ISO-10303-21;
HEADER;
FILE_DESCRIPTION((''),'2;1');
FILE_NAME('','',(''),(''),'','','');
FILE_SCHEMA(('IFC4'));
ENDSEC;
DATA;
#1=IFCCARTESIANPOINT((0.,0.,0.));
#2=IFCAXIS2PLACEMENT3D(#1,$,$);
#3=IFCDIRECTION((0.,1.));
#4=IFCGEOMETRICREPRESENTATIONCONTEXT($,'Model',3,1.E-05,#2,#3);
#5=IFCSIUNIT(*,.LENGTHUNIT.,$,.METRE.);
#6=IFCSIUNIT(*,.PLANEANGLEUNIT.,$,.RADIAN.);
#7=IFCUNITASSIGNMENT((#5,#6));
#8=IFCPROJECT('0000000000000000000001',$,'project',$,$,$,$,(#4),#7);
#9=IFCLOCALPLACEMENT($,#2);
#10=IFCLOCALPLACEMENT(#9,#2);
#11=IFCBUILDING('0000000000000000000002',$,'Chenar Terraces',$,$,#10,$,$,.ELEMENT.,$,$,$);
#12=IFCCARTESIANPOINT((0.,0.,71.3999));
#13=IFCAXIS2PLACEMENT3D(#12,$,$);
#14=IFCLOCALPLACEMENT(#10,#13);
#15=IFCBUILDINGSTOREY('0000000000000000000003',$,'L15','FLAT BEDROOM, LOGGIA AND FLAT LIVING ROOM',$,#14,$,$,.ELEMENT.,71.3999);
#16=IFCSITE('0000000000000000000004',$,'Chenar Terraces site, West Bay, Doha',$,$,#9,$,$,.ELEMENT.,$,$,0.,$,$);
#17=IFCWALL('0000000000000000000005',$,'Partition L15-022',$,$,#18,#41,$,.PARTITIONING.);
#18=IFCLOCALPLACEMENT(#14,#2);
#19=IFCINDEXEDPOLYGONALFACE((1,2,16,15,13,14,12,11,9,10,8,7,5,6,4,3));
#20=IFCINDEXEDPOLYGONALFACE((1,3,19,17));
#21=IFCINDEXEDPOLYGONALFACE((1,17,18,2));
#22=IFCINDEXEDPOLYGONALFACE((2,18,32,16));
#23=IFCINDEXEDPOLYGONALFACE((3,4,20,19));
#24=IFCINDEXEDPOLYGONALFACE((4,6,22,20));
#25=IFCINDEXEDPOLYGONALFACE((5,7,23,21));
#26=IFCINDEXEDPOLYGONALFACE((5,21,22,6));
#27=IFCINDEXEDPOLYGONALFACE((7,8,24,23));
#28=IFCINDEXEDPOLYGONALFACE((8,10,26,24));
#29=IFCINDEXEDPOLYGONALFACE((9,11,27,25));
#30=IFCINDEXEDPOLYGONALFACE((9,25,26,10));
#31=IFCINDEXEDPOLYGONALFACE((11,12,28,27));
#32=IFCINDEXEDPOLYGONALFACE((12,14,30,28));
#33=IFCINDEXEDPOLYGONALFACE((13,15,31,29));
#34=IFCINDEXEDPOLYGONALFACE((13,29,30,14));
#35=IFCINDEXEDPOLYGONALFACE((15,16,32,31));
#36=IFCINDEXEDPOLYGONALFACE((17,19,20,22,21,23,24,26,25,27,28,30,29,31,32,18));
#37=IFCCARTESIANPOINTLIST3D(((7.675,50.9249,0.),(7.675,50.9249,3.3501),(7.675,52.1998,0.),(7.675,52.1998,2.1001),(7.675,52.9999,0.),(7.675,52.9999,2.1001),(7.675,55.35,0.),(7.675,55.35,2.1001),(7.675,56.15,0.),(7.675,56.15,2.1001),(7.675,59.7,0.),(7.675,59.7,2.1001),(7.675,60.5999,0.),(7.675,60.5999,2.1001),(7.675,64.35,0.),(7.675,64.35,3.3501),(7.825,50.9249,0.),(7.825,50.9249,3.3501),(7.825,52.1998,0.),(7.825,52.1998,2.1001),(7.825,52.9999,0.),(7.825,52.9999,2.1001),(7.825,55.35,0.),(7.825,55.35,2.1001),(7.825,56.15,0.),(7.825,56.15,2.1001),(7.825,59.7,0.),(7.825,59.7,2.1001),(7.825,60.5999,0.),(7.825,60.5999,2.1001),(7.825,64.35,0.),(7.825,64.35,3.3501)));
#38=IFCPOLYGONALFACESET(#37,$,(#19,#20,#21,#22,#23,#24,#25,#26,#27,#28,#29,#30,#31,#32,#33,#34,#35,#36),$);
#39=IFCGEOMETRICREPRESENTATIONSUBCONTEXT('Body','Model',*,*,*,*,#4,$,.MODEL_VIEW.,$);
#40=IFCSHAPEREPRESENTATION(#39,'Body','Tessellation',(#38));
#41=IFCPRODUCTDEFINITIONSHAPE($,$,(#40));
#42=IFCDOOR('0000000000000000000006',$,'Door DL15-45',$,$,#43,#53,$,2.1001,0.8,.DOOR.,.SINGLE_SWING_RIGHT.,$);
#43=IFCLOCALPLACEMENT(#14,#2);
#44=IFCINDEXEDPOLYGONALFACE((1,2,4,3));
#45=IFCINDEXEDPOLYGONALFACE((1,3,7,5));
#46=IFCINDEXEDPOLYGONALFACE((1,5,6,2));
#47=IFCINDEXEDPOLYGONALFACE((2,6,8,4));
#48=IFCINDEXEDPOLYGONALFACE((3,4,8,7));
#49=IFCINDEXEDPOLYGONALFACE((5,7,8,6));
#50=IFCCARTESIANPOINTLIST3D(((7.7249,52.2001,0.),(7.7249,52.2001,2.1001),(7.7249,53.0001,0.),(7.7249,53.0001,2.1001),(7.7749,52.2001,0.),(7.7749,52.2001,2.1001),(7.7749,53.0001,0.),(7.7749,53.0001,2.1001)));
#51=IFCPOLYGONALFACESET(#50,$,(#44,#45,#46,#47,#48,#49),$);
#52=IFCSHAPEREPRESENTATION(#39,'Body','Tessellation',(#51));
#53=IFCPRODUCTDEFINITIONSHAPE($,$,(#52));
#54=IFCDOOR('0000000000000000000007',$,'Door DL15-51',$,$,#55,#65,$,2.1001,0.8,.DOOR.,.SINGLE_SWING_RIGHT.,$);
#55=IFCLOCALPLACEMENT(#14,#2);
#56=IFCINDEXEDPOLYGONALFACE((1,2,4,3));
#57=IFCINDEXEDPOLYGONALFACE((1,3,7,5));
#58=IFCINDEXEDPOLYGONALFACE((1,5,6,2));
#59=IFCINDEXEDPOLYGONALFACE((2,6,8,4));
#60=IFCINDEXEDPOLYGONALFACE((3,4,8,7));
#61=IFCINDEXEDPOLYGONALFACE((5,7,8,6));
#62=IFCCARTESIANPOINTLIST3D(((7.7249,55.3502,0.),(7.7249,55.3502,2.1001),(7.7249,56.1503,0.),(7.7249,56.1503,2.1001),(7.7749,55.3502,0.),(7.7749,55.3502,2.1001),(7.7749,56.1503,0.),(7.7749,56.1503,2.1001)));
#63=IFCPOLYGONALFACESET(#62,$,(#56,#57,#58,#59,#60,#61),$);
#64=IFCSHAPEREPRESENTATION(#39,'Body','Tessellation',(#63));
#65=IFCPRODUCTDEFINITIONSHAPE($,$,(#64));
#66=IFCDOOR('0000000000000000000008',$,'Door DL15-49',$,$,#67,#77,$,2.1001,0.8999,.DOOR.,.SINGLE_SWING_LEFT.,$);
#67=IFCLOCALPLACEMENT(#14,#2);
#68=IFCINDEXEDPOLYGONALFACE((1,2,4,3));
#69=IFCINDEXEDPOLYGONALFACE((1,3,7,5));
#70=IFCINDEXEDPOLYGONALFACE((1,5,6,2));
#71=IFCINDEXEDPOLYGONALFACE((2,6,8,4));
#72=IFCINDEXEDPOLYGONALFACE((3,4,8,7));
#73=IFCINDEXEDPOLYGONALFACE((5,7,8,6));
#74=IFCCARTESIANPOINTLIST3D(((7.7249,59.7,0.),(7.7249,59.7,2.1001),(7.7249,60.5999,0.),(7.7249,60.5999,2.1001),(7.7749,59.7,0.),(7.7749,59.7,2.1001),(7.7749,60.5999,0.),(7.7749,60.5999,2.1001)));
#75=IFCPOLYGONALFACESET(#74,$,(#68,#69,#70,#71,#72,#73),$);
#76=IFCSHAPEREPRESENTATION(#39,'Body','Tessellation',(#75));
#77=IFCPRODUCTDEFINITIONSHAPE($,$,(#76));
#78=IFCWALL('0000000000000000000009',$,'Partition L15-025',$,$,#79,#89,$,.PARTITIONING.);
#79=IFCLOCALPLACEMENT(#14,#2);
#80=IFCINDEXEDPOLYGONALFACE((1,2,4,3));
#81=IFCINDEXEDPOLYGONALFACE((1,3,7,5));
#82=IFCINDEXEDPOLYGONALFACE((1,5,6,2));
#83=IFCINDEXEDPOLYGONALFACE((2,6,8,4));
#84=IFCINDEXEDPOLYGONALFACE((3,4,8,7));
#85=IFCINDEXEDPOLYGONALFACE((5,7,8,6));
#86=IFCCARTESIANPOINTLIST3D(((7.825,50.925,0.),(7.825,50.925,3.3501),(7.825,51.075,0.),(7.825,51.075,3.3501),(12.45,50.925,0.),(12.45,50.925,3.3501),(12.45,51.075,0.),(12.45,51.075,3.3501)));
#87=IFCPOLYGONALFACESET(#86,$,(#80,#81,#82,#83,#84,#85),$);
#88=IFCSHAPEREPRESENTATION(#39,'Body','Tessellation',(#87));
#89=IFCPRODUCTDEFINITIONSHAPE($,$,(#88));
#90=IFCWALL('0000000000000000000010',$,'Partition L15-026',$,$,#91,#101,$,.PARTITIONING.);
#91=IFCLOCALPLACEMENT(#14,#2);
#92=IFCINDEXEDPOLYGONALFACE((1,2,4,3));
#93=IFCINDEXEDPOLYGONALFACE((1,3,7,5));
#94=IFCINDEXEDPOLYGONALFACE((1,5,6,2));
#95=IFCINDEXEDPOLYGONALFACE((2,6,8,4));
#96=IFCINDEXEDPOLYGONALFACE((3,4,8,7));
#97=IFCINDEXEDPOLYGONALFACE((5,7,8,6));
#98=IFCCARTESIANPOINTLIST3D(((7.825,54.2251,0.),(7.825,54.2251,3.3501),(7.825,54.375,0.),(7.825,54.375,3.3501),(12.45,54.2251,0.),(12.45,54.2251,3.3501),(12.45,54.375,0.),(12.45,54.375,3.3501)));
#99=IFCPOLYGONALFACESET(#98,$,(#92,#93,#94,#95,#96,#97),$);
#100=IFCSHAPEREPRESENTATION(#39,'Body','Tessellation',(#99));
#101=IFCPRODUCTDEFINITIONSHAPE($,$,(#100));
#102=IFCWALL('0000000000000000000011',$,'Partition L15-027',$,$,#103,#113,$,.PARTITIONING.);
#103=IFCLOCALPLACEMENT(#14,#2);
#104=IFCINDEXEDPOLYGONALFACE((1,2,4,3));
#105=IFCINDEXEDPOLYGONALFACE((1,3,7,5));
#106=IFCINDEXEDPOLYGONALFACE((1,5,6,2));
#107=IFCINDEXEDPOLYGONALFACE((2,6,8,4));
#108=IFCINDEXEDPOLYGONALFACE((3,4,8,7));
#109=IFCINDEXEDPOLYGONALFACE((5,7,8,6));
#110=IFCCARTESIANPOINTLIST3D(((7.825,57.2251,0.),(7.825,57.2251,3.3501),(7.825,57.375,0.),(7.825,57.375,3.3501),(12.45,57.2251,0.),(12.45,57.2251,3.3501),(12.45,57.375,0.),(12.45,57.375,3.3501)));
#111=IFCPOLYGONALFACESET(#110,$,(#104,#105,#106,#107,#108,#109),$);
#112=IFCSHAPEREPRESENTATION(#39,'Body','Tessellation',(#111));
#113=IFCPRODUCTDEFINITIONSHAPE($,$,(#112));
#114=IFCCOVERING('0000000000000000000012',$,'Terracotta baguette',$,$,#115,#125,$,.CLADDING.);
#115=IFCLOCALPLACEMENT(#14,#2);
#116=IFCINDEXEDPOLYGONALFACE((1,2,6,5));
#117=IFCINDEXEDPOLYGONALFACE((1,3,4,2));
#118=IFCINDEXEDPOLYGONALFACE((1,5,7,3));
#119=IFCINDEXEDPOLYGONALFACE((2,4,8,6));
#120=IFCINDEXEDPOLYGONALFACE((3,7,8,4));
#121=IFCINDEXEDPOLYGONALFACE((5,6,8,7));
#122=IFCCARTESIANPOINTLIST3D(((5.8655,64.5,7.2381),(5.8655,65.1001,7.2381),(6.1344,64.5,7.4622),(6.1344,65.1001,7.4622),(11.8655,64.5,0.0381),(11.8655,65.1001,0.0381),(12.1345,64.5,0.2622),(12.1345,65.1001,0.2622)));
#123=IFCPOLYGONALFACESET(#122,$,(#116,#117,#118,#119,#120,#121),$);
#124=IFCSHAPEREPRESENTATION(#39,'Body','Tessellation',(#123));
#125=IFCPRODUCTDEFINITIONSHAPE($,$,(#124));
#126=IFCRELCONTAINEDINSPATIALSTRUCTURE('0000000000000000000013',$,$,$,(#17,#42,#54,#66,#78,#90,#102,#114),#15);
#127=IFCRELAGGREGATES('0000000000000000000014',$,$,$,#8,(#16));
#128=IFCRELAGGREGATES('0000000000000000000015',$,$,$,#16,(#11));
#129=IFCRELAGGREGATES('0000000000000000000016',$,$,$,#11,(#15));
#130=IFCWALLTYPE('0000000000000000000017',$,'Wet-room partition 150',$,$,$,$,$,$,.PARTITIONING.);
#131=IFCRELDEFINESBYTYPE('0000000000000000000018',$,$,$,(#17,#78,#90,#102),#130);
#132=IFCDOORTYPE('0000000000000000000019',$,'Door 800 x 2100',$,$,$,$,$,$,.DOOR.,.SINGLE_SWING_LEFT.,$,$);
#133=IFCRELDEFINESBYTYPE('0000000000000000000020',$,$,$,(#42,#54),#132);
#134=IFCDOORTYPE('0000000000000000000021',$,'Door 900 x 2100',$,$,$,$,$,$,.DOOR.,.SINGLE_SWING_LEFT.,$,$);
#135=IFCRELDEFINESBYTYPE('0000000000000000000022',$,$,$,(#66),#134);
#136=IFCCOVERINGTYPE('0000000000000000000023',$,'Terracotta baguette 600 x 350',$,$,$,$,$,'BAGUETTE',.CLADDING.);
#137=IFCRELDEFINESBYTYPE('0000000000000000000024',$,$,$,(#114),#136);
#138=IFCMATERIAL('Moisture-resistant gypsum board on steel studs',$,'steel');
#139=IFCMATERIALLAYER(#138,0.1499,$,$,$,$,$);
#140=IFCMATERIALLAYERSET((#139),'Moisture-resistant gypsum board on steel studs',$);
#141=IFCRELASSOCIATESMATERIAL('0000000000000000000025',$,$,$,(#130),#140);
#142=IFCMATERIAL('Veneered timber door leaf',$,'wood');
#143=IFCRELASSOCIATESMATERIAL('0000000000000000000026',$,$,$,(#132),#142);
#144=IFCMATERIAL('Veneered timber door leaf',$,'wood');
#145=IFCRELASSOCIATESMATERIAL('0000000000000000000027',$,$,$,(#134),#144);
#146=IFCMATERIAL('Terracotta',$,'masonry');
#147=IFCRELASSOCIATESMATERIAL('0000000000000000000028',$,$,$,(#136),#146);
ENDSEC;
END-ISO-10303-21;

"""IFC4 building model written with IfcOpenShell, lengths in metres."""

from ifc_helpers import new_model, si_unit, direction, frame, frame_2d, origin, origin_2d, place, context, subcontext, project, spatial, rectangle, extrude, material, layer, layer_set, material_profile, profile_set, type_object, element, fill, save


model = new_model("IFC4")

# Units and contexts
model_context = context("Model", 3, precision=1e-05, world=origin(), true_north=direction((0.0, 1.0)))
body_context = subcontext(model_context, "Body", "Model", "MODEL_VIEW")
ifc_project = project(units=[si_unit("LENGTHUNIT", "METRE"), si_unit("PLANEANGLEUNIT", "RADIAN")], contexts=[model_context])

# Site, building, storey
site_placement = place(None, origin())
site = spatial("IfcSite", under=ifc_project, at=site_placement, Name="Chenar Terraces site, West Bay, Doha", CompositionType="ELEMENT", RefElevation=0.0)
building_placement = place(site_placement, origin())
building = spatial("IfcBuilding", under=site, at=building_placement, Name="Chenar Terraces", CompositionType="ELEMENT")
storey_placement = place(building_placement, frame((0.0, 0.0, 71.3999)))
storey = spatial("IfcBuildingStorey", under=building, at=storey_placement, Name="L15", Description="FLAT BEDROOM, LOGGIA AND FLAT LIVING ROOM", CompositionType="ELEMENT", Elevation=71.3999)

# Wall, openings, doors
ifc_material_1 = material(Name="Moisture-resistant gypsum board on steel studs", Category="steel")
ifc_layer_1 = layer(ifc_material_1, 0.1499)
ifc_layer_set_1 = layer_set([ifc_layer_1], Name="Moisture-resistant gypsum board on steel studs")
wall_type_1 = type_object("IfcWallType", Name="Wet-room partition 150", PredefinedType="PARTITIONING", material=ifc_layer_set_1)
wall_1_placement = place(storey_placement, frame((7.75, 50.925, 0.0), z_axis=(0.0, 0.0, 1.0), x_axis=(0.0, 1.0, 0.0)))
wall_1 = element("IfcWall", 1, at=wall_1_placement, inside=storey, type_object=wall_type_1, Name="Partition L15-022", PredefinedType="PARTITIONING", context=body_context, shape_type="SweptSolid", body=[
    extrude(rectangle(XDim=13.425, YDim=0.1499, at=frame_2d((6.7124, 0.0))), origin(), (0.0, 0.0, 1.0), 3.3501),
])
opening_1_placement = place(wall_1_placement, frame((1.2749, 0.0, 0.0)))
opening_1 = element("IfcOpeningElement", 2, at=opening_1_placement, cuts=wall_1, PredefinedType="OPENING", context=body_context, shape_type="SweptSolid", body=[
    extrude(rectangle(XDim=0.8, YDim=2.1001, at=frame_2d((0.3999, 1.05))), frame((0.0, 0.085, 0.0), z_axis=(0.0, -1.0, 0.0), x_axis=(1.0, 0.0, 0.0)), (0.0, 0.0, 1.0), 0.1699),
])
opening_2_placement = place(wall_1_placement, frame((8.7749, 0.0, 0.0)))
opening_2 = element("IfcOpeningElement", 3, at=opening_2_placement, cuts=wall_1, PredefinedType="OPENING", context=body_context, shape_type="SweptSolid", body=[
    extrude(rectangle(XDim=0.8999, YDim=2.1001, at=frame_2d((0.45, 1.05))), frame((0.0, 0.085, 0.0), z_axis=(0.0, -1.0, 0.0), x_axis=(1.0, 0.0, 0.0)), (0.0, 0.0, 1.0), 0.1699),
])
opening_3_placement = place(wall_1_placement, frame((4.425, 0.0, 0.0)))
opening_3 = element("IfcOpeningElement", 4, at=opening_3_placement, cuts=wall_1, PredefinedType="OPENING", context=body_context, shape_type="SweptSolid", body=[
    extrude(rectangle(XDim=0.8, YDim=2.1001, at=frame_2d((0.3999, 1.05))), frame((0.0, 0.085, 0.0), z_axis=(0.0, -1.0, 0.0), x_axis=(1.0, 0.0, 0.0)), (0.0, 0.0, 1.0), 0.1699),
])
ifc_material_2 = material(Name="Veneered timber door leaf", Category="wood")
door_type_1 = type_object("IfcDoorType", Name="Door 800 x 2100", OperationType="SINGLE_SWING_LEFT", PredefinedType="DOOR", material=ifc_material_2)
door_1_placement = place(opening_1_placement, frame((0.8, 0.0, 0.0), z_axis=(0.0, 0.0, 1.0), x_axis=(-1.0, 0.0, 0.0)))
door_1 = element("IfcDoor", 5, at=door_1_placement, inside=storey, type_object=door_type_1, Name="Door DL15-45", OperationType="SINGLE_SWING_RIGHT", OverallHeight=2.1001, OverallWidth=0.8, PredefinedType="DOOR", context=body_context, shape_type="SweptSolid", body=[
    extrude(rectangle(XDim=0.8, YDim=2.1001, at=frame_2d((0.3999, 1.05))), frame((0.0, 0.0249, 0.0), z_axis=(0.0, -1.0, 0.0), x_axis=(1.0, 0.0, 0.0)), (0.0, 0.0, 1.0), 0.05),
])
fill(opening_1, door_1)
door_2_placement = place(opening_3_placement, frame((0.8, 0.0, 0.0), z_axis=(0.0, 0.0, 1.0), x_axis=(-1.0, 0.0, 0.0)))
door_2 = element("IfcDoor", 6, at=door_2_placement, inside=storey, type_object=door_type_1, Name="Door DL15-51", OperationType="SINGLE_SWING_RIGHT", OverallHeight=2.1001, OverallWidth=0.8, PredefinedType="DOOR", context=body_context, shape_type="SweptSolid", body=[
    extrude(rectangle(XDim=0.8, YDim=2.1001, at=frame_2d((0.3999, 1.05))), frame((0.0, 0.0249, 0.0), z_axis=(0.0, -1.0, 0.0), x_axis=(1.0, 0.0, 0.0)), (0.0, 0.0, 1.0), 0.05),
])
fill(opening_3, door_2)
ifc_material_3 = material(Name="Veneered timber door leaf", Category="wood")
door_type_2 = type_object("IfcDoorType", Name="Door 900 x 2100", OperationType="SINGLE_SWING_LEFT", PredefinedType="DOOR", material=ifc_material_3)
door_3_placement = place(opening_2_placement, frame((0.8999, 0.0, 0.0), z_axis=(0.0, 0.0, 1.0), x_axis=(-1.0, 0.0, 0.0)))
door_3 = element("IfcDoor", 7, at=door_3_placement, inside=storey, type_object=door_type_2, Name="Door DL15-49", OperationType="SINGLE_SWING_LEFT", OverallHeight=2.1001, OverallWidth=0.8999, PredefinedType="DOOR", context=body_context, shape_type="SweptSolid", body=[
    extrude(rectangle(XDim=0.8999, YDim=2.1001, at=frame_2d((0.45, 1.05))), frame((0.0, 0.0249, 0.0), z_axis=(0.0, -1.0, 0.0), x_axis=(1.0, 0.0, 0.0)), (0.0, 0.0, 1.0), 0.05),
])
fill(opening_2, door_3)

# Walls
for number, where, z_axis, x_axis, name in (
    (8, (7.825, 51.0, 0.0), (0.0, 0.0, 1.0), (1.0, 0.0, 0.0), "Partition L15-025"),
    (9, (7.825, 54.3, 0.0), (0.0, 0.0, 1.0), (1.0, 0.0, 0.0), "Partition L15-026"),
    (10, (7.825, 57.3, 0.0), (0.0, 0.0, 1.0), (1.0, 0.0, 0.0), "Partition L15-027"),
):
    element("IfcWall", number, at=place(storey_placement, frame(where, z_axis=z_axis, x_axis=x_axis)), inside=storey, type_object=wall_type_1, Name=name, PredefinedType="PARTITIONING", context=body_context, shape_type="SweptSolid", body=[
        extrude(rectangle(XDim=4.625, YDim=0.1499, at=frame_2d((2.3125, 0.0))), origin(), (0.0, 0.0, 1.0), 3.3501),
    ])

# Covering
ifc_material_4 = material(Name="Terracotta", Category="masonry")
ifc_material_profile_1 = material_profile(ifc_material_4, rectangle(XDim=0.6001, YDim=0.3501, at=origin_2d()), Name="Terracotta baguette 600 x 350")
ifc_profile_set_1 = profile_set([ifc_material_profile_1], Name="Terracotta")
covering_type = type_object("IfcCoveringType", Name="Terracotta baguette 600 x 350", ElementType="BAGUETTE", PredefinedType="CLADDING", material=ifc_profile_set_1)
covering_placement = place(storey_placement, frame((12.0, 64.8, 0.1501), z_axis=(-0.640187, 0.0, 0.768219), x_axis=(0.0, -1.0, 0.0)))
element("IfcCovering", 11, at=covering_placement, inside=storey, type_object=covering_type, Name="Terracotta baguette", PredefinedType="CLADDING", context=body_context, shape_type="SweptSolid", body=[
    extrude(rectangle(XDim=0.6001, YDim=0.3501, at=origin_2d()), origin(), (0.0, 0.0, 1.0), 9.3723),
])

save(model, "model.ifc")
